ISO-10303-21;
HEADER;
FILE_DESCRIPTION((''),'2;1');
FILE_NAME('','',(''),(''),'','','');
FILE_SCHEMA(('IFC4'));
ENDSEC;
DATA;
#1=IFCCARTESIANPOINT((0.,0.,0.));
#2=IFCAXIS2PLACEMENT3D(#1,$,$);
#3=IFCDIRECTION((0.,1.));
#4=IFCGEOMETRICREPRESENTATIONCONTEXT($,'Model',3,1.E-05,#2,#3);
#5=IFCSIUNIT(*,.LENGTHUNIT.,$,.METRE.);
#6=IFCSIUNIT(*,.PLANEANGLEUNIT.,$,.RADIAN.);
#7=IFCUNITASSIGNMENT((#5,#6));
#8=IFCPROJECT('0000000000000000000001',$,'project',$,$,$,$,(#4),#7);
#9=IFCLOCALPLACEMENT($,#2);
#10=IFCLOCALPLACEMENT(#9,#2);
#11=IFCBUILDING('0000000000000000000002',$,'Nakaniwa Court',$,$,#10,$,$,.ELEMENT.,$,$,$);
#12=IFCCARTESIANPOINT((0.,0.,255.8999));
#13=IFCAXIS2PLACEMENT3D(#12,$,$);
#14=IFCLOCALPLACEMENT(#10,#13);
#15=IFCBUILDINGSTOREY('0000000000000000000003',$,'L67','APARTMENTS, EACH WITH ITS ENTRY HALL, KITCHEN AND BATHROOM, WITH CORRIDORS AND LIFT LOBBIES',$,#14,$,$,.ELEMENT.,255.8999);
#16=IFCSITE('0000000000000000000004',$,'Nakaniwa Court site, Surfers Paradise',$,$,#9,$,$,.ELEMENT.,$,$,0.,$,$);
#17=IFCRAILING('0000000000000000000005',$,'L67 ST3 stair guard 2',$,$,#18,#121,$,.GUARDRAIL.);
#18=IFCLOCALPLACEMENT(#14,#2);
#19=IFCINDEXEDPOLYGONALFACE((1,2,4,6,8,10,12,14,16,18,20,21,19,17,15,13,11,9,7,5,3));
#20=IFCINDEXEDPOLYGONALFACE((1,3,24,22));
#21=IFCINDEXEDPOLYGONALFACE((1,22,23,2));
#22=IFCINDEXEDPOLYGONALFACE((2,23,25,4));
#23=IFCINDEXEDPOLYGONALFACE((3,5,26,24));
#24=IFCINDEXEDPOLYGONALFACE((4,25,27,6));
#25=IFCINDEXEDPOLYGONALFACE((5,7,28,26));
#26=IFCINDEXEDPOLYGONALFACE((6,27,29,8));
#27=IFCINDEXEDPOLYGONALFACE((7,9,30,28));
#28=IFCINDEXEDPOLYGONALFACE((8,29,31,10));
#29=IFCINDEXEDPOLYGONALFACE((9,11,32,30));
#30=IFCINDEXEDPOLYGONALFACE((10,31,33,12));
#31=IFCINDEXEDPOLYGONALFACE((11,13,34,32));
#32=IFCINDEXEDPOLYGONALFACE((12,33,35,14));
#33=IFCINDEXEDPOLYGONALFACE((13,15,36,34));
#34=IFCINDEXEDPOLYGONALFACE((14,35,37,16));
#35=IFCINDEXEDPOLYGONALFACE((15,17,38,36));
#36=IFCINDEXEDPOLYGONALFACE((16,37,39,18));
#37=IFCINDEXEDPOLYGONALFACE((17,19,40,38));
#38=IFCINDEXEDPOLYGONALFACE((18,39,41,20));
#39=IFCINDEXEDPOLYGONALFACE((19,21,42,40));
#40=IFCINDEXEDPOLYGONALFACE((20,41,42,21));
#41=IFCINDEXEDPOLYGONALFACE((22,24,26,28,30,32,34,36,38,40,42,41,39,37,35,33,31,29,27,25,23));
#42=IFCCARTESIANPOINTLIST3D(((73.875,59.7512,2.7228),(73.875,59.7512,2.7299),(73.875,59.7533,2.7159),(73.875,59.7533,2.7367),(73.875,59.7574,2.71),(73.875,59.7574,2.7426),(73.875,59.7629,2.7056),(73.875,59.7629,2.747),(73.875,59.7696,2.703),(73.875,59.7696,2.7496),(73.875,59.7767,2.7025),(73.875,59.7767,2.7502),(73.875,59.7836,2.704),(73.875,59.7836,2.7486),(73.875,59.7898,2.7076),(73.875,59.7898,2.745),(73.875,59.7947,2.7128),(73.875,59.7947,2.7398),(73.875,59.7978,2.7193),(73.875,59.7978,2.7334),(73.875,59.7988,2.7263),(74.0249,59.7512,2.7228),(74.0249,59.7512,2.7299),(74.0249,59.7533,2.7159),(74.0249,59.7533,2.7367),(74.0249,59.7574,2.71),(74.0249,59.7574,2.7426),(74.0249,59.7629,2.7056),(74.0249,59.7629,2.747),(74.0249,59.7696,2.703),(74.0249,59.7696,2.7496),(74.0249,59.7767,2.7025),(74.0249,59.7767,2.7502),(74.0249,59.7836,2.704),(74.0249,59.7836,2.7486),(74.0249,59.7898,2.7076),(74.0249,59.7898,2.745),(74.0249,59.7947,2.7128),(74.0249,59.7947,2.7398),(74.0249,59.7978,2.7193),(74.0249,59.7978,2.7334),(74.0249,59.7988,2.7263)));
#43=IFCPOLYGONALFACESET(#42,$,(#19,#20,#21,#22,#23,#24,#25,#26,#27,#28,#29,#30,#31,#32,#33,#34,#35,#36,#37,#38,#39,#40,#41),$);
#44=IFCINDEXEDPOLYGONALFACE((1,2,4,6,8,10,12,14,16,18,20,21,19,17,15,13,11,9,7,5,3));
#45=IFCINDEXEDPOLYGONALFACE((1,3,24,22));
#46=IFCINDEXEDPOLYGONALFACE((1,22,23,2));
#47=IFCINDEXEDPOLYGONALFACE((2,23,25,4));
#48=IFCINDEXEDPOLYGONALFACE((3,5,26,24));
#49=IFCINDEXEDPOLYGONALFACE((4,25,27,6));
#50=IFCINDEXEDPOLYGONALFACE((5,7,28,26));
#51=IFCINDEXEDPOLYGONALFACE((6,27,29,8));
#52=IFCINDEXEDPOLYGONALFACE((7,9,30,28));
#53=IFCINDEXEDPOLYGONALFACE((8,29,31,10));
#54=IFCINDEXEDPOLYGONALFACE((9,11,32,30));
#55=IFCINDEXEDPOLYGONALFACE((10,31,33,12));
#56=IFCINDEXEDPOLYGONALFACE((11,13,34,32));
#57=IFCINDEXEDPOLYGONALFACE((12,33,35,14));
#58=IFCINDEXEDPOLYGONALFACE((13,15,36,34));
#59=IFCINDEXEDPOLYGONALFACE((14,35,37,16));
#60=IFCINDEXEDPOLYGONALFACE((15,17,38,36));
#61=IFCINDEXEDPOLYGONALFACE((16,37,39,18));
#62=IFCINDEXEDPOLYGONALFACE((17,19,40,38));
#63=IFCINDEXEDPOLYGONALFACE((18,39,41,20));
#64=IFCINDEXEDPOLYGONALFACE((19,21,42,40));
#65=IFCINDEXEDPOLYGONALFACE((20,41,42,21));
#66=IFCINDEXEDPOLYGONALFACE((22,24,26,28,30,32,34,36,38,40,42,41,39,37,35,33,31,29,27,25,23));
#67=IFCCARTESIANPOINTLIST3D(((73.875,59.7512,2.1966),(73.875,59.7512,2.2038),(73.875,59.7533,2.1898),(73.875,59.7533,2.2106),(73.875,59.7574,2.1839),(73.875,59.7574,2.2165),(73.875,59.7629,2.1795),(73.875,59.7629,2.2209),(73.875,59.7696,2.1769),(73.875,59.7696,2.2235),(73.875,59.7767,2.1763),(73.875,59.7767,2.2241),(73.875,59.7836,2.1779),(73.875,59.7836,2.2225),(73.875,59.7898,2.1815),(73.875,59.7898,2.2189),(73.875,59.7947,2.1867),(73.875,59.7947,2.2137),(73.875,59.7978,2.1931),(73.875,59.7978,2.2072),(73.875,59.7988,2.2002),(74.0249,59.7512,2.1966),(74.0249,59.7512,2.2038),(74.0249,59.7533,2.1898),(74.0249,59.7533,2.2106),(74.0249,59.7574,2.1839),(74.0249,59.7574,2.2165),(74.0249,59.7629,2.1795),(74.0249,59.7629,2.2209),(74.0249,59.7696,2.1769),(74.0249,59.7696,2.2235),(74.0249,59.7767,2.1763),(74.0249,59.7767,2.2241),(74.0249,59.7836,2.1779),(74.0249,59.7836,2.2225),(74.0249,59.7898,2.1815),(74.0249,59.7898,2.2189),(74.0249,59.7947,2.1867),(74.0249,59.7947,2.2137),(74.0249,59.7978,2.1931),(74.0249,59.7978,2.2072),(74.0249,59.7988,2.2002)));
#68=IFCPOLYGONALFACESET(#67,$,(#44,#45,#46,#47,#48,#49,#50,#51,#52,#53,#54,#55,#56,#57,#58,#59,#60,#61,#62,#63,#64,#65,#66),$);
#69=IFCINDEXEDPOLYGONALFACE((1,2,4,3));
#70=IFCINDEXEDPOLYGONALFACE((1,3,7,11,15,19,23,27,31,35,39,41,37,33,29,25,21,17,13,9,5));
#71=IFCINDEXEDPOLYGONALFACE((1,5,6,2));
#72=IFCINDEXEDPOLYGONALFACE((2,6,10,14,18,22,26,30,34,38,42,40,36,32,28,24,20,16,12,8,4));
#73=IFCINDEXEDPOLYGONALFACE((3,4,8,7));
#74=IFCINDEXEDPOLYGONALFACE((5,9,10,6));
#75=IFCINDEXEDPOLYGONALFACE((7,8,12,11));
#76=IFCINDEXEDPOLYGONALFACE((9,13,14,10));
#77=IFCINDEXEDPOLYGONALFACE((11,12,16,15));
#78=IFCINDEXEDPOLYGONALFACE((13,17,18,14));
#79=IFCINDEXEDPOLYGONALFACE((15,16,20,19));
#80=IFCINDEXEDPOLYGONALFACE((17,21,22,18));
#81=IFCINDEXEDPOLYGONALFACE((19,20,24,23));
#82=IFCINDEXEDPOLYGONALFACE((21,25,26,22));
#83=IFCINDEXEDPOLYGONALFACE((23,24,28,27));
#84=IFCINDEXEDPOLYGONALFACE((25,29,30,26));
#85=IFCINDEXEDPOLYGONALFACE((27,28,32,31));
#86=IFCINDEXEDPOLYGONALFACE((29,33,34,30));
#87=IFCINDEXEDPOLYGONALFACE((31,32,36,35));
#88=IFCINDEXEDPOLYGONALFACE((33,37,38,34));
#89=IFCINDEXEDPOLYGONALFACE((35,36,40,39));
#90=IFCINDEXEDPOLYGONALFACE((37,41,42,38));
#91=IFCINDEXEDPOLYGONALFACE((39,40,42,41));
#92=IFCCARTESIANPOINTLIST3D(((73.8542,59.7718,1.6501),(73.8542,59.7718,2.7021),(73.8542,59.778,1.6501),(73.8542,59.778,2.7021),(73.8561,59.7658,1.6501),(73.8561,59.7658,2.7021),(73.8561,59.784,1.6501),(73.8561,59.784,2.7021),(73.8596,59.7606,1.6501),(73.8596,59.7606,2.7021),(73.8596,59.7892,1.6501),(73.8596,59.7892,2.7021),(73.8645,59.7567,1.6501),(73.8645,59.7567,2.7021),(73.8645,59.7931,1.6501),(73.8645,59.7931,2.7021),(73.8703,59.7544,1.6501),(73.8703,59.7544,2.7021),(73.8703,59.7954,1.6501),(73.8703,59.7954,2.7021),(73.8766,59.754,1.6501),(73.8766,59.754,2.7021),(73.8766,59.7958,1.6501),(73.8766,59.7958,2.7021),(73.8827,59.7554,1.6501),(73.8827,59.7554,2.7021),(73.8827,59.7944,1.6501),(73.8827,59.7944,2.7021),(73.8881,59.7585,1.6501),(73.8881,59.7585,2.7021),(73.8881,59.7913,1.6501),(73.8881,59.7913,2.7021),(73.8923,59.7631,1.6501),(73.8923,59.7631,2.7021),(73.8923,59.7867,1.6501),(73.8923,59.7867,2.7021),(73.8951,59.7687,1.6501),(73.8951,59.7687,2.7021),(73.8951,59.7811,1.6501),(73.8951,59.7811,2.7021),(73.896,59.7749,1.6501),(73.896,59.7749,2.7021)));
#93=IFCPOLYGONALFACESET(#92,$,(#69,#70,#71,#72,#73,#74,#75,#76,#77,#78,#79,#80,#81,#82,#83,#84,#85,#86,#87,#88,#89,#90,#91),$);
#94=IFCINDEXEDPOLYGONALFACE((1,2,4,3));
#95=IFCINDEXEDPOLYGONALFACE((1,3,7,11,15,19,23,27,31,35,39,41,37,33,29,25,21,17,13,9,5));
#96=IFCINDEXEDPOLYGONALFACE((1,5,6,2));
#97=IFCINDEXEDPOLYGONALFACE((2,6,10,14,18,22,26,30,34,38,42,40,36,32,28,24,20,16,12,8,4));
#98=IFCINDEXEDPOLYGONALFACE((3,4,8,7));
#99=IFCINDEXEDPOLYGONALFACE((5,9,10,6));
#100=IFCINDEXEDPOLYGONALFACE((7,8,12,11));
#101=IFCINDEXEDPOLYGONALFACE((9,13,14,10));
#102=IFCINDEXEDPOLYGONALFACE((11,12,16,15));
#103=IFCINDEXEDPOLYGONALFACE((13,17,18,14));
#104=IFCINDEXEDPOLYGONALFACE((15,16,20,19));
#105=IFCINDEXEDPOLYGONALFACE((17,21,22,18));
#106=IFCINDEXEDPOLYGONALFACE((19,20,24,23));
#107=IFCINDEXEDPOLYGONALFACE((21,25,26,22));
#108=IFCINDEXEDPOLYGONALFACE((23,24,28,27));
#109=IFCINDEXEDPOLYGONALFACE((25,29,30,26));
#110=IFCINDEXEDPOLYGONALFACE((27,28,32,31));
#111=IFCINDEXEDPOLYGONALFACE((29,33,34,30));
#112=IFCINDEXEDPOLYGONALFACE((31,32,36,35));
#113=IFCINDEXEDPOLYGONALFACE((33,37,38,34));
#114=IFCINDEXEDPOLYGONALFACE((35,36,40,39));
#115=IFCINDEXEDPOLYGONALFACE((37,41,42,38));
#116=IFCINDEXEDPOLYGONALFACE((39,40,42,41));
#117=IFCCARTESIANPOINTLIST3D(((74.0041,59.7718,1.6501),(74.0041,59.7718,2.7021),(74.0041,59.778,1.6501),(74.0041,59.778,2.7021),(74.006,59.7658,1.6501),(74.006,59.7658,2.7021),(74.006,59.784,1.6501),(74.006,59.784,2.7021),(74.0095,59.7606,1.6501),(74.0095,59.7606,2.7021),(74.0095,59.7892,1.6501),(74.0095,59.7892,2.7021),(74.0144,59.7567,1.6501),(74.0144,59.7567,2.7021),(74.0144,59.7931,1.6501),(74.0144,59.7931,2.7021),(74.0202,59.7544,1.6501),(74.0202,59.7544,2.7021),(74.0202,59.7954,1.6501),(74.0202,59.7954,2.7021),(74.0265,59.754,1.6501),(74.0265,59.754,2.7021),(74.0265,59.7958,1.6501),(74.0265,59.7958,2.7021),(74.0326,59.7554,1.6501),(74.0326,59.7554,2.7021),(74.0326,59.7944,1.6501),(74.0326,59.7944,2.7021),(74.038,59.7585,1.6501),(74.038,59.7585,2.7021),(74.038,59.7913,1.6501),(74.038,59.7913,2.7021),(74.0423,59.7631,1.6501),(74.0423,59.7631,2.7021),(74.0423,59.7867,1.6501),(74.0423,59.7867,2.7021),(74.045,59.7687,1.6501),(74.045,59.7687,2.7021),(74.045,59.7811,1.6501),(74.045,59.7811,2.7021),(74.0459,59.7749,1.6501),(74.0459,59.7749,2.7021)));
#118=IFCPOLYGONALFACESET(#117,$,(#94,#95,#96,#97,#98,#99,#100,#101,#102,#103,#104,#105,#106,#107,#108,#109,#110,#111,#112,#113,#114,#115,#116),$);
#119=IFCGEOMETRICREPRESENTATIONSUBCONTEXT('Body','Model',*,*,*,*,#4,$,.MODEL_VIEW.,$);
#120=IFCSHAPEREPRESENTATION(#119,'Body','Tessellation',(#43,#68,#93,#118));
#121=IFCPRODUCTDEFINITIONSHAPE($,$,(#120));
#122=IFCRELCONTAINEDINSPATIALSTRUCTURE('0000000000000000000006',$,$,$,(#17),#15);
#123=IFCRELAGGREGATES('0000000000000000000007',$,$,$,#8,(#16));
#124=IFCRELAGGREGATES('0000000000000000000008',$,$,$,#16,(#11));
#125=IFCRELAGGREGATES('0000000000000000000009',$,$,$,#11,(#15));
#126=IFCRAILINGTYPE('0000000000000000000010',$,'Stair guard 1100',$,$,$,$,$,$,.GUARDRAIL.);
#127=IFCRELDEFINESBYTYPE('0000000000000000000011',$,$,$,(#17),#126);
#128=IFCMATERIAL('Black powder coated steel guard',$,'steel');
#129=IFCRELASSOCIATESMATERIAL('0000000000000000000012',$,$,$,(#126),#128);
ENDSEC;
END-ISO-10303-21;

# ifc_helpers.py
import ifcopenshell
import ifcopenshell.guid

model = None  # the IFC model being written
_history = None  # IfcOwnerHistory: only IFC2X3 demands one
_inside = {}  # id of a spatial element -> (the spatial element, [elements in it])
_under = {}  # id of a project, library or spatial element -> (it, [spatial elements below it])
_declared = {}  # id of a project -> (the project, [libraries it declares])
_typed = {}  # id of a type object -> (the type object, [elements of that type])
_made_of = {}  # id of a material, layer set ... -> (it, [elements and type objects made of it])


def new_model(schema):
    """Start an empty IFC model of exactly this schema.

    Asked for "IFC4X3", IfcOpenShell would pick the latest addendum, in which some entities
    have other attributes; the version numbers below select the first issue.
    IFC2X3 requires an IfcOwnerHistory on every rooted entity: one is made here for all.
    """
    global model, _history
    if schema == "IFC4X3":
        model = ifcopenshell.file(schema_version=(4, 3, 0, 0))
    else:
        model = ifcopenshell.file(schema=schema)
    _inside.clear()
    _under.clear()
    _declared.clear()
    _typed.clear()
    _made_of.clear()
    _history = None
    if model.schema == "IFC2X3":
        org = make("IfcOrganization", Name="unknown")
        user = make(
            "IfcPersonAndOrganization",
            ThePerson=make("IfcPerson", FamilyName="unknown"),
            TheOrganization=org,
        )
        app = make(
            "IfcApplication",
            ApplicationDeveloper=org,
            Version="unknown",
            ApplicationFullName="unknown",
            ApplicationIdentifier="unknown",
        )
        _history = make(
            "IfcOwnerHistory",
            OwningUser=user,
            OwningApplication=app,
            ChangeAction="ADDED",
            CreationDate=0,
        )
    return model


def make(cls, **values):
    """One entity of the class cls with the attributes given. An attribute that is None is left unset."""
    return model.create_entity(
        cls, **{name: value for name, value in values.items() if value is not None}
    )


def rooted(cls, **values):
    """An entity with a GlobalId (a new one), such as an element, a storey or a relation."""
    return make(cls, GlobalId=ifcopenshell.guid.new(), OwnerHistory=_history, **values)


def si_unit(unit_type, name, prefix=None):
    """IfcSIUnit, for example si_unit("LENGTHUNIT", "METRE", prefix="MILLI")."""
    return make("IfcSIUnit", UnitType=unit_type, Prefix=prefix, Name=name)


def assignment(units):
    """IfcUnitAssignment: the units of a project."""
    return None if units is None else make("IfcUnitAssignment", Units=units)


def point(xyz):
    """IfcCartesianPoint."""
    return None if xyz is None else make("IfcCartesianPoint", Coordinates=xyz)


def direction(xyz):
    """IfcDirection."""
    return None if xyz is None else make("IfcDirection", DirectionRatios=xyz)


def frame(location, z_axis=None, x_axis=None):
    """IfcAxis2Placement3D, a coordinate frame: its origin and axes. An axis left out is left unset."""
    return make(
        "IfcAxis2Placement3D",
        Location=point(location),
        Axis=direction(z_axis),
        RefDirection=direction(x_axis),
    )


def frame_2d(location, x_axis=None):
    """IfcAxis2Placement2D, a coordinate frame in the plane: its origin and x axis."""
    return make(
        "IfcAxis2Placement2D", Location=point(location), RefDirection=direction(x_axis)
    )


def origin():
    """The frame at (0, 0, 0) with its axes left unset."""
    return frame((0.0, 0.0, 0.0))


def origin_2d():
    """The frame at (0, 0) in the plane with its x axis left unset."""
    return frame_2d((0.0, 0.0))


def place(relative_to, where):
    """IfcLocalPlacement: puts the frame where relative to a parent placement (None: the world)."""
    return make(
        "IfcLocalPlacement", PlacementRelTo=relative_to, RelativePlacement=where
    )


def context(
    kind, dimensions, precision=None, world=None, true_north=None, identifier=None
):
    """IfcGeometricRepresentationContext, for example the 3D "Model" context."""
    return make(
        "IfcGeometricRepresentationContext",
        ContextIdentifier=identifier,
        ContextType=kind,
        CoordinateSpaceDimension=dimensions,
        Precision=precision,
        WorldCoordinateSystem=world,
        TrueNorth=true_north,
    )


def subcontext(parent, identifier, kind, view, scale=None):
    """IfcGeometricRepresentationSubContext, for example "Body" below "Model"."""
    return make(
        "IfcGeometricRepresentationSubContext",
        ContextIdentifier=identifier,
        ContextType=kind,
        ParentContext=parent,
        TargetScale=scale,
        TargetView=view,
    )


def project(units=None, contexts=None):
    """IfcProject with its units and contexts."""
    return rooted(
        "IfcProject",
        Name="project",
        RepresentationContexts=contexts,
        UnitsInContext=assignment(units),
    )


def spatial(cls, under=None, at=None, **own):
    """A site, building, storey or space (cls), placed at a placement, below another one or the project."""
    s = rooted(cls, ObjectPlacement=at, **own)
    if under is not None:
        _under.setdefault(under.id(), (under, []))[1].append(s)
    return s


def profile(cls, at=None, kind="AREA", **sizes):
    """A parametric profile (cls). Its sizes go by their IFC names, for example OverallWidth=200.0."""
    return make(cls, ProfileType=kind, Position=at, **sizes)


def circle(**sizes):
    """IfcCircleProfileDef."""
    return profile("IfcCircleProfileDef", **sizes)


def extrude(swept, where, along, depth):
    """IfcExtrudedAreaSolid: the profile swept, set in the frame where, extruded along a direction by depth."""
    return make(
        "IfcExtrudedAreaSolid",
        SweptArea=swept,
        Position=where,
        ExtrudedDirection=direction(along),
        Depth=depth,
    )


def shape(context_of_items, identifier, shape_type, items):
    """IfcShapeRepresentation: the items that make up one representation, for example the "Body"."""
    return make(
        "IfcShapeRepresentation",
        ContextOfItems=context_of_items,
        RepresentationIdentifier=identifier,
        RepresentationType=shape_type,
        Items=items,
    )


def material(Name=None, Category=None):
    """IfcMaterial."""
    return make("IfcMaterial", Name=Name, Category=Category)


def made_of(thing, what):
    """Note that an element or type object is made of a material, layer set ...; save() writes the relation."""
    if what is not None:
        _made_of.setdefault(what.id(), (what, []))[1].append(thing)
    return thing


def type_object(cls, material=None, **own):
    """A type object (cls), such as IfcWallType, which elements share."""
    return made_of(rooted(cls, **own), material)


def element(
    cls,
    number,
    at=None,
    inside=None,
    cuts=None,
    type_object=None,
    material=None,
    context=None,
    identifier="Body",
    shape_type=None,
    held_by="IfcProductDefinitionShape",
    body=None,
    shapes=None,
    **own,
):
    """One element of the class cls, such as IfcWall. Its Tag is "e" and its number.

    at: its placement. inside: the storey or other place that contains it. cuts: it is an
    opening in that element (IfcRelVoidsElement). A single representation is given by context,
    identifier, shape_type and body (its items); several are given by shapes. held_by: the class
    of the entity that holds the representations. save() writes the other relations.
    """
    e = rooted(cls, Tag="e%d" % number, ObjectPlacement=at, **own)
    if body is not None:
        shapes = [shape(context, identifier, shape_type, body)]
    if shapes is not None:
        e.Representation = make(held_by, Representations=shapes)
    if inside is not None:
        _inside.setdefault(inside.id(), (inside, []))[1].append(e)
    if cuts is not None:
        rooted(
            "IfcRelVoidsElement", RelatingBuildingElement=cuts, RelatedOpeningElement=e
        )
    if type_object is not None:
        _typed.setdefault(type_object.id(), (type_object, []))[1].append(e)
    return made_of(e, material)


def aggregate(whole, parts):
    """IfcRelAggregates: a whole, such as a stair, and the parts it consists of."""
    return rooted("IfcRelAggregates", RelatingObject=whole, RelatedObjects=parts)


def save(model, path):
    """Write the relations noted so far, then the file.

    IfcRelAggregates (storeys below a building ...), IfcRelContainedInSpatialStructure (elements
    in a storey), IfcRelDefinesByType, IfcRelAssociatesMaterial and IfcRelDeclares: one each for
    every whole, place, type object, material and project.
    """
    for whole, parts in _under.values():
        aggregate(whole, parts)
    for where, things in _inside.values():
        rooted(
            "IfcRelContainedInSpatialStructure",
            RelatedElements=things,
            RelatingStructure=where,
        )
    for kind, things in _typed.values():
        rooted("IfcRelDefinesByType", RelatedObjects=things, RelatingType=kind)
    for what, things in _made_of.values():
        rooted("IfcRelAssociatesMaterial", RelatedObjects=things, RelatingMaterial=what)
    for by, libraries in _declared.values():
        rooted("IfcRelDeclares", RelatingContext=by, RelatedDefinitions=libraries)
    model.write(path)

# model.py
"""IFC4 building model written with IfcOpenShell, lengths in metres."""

from ifc_helpers import new_model, si_unit, direction, frame, origin, origin_2d, place, context, subcontext, project, spatial, circle, extrude, material, type_object, element, save


model = new_model("IFC4")

# Units and contexts
model_context = context("Model", 3, precision=1e-05, world=origin(), true_north=direction((0.0, 1.0)))
body_context = subcontext(model_context, "Body", "Model", "MODEL_VIEW")
ifc_project = project(units=[si_unit("LENGTHUNIT", "METRE"), si_unit("PLANEANGLEUNIT", "RADIAN")], contexts=[model_context])

# Site, building, storey
site_placement = place(None, origin())
site = spatial("IfcSite", under=ifc_project, at=site_placement, Name="Nakaniwa Court site, Surfers Paradise", CompositionType="ELEMENT", RefElevation=0.0)
building_placement = place(site_placement, origin())
building = spatial("IfcBuilding", under=site, at=building_placement, Name="Nakaniwa Court", CompositionType="ELEMENT")
storey_placement = place(building_placement, frame((0.0, 0.0, 255.8999)))
storey = spatial("IfcBuildingStorey", under=building, at=storey_placement, Name="L67", Description="APARTMENTS, EACH WITH ITS ENTRY HALL, KITCHEN AND BATHROOM, WITH CORRIDORS AND LIFT LOBBIES", CompositionType="ELEMENT", Elevation=255.8999)

# Railing
ifc_material_1 = material(Name="Black powder coated steel guard", Category="steel")
railing_type_1 = type_object("IfcRailingType", Name="Stair guard 1100", PredefinedType="GUARDRAIL", material=ifc_material_1)
railing_1_placement = place(storey_placement, frame((73.875, 59.7749, 1.6501)))
element("IfcRailing", 1, at=railing_1_placement, inside=storey, type_object=railing_type_1, Name="L67 ST3 stair guard 2", PredefinedType="GUARDRAIL", context=body_context, shape_type="SweptSolid", body=[
    extrude(circle(Radius=0.0239, at=origin_2d()), frame((0.0, 0.0, 1.0762), z_axis=(1.0, 0.0, 0.0), x_axis=(0.0, 1.0, 0.0)), (0.0, 0.0, 1.0), 0.1499),
    extrude(circle(Radius=0.0239, at=origin_2d()), frame((0.0, 0.0, 0.55), z_axis=(1.0, 0.0, 0.0), x_axis=(0.0, 1.0, 0.0)), (0.0, 0.0, 1.0), 0.1499),
    extrude(circle(Radius=0.021, at=origin_2d()), origin(), (0.0, 0.0, 1.0), 1.052),
    extrude(circle(Radius=0.021, at=origin_2d()), frame((0.1499, 0.0, 0.0)), (0.0, 0.0, 1.0), 1.052),
])

save(model, "model.ifc")
